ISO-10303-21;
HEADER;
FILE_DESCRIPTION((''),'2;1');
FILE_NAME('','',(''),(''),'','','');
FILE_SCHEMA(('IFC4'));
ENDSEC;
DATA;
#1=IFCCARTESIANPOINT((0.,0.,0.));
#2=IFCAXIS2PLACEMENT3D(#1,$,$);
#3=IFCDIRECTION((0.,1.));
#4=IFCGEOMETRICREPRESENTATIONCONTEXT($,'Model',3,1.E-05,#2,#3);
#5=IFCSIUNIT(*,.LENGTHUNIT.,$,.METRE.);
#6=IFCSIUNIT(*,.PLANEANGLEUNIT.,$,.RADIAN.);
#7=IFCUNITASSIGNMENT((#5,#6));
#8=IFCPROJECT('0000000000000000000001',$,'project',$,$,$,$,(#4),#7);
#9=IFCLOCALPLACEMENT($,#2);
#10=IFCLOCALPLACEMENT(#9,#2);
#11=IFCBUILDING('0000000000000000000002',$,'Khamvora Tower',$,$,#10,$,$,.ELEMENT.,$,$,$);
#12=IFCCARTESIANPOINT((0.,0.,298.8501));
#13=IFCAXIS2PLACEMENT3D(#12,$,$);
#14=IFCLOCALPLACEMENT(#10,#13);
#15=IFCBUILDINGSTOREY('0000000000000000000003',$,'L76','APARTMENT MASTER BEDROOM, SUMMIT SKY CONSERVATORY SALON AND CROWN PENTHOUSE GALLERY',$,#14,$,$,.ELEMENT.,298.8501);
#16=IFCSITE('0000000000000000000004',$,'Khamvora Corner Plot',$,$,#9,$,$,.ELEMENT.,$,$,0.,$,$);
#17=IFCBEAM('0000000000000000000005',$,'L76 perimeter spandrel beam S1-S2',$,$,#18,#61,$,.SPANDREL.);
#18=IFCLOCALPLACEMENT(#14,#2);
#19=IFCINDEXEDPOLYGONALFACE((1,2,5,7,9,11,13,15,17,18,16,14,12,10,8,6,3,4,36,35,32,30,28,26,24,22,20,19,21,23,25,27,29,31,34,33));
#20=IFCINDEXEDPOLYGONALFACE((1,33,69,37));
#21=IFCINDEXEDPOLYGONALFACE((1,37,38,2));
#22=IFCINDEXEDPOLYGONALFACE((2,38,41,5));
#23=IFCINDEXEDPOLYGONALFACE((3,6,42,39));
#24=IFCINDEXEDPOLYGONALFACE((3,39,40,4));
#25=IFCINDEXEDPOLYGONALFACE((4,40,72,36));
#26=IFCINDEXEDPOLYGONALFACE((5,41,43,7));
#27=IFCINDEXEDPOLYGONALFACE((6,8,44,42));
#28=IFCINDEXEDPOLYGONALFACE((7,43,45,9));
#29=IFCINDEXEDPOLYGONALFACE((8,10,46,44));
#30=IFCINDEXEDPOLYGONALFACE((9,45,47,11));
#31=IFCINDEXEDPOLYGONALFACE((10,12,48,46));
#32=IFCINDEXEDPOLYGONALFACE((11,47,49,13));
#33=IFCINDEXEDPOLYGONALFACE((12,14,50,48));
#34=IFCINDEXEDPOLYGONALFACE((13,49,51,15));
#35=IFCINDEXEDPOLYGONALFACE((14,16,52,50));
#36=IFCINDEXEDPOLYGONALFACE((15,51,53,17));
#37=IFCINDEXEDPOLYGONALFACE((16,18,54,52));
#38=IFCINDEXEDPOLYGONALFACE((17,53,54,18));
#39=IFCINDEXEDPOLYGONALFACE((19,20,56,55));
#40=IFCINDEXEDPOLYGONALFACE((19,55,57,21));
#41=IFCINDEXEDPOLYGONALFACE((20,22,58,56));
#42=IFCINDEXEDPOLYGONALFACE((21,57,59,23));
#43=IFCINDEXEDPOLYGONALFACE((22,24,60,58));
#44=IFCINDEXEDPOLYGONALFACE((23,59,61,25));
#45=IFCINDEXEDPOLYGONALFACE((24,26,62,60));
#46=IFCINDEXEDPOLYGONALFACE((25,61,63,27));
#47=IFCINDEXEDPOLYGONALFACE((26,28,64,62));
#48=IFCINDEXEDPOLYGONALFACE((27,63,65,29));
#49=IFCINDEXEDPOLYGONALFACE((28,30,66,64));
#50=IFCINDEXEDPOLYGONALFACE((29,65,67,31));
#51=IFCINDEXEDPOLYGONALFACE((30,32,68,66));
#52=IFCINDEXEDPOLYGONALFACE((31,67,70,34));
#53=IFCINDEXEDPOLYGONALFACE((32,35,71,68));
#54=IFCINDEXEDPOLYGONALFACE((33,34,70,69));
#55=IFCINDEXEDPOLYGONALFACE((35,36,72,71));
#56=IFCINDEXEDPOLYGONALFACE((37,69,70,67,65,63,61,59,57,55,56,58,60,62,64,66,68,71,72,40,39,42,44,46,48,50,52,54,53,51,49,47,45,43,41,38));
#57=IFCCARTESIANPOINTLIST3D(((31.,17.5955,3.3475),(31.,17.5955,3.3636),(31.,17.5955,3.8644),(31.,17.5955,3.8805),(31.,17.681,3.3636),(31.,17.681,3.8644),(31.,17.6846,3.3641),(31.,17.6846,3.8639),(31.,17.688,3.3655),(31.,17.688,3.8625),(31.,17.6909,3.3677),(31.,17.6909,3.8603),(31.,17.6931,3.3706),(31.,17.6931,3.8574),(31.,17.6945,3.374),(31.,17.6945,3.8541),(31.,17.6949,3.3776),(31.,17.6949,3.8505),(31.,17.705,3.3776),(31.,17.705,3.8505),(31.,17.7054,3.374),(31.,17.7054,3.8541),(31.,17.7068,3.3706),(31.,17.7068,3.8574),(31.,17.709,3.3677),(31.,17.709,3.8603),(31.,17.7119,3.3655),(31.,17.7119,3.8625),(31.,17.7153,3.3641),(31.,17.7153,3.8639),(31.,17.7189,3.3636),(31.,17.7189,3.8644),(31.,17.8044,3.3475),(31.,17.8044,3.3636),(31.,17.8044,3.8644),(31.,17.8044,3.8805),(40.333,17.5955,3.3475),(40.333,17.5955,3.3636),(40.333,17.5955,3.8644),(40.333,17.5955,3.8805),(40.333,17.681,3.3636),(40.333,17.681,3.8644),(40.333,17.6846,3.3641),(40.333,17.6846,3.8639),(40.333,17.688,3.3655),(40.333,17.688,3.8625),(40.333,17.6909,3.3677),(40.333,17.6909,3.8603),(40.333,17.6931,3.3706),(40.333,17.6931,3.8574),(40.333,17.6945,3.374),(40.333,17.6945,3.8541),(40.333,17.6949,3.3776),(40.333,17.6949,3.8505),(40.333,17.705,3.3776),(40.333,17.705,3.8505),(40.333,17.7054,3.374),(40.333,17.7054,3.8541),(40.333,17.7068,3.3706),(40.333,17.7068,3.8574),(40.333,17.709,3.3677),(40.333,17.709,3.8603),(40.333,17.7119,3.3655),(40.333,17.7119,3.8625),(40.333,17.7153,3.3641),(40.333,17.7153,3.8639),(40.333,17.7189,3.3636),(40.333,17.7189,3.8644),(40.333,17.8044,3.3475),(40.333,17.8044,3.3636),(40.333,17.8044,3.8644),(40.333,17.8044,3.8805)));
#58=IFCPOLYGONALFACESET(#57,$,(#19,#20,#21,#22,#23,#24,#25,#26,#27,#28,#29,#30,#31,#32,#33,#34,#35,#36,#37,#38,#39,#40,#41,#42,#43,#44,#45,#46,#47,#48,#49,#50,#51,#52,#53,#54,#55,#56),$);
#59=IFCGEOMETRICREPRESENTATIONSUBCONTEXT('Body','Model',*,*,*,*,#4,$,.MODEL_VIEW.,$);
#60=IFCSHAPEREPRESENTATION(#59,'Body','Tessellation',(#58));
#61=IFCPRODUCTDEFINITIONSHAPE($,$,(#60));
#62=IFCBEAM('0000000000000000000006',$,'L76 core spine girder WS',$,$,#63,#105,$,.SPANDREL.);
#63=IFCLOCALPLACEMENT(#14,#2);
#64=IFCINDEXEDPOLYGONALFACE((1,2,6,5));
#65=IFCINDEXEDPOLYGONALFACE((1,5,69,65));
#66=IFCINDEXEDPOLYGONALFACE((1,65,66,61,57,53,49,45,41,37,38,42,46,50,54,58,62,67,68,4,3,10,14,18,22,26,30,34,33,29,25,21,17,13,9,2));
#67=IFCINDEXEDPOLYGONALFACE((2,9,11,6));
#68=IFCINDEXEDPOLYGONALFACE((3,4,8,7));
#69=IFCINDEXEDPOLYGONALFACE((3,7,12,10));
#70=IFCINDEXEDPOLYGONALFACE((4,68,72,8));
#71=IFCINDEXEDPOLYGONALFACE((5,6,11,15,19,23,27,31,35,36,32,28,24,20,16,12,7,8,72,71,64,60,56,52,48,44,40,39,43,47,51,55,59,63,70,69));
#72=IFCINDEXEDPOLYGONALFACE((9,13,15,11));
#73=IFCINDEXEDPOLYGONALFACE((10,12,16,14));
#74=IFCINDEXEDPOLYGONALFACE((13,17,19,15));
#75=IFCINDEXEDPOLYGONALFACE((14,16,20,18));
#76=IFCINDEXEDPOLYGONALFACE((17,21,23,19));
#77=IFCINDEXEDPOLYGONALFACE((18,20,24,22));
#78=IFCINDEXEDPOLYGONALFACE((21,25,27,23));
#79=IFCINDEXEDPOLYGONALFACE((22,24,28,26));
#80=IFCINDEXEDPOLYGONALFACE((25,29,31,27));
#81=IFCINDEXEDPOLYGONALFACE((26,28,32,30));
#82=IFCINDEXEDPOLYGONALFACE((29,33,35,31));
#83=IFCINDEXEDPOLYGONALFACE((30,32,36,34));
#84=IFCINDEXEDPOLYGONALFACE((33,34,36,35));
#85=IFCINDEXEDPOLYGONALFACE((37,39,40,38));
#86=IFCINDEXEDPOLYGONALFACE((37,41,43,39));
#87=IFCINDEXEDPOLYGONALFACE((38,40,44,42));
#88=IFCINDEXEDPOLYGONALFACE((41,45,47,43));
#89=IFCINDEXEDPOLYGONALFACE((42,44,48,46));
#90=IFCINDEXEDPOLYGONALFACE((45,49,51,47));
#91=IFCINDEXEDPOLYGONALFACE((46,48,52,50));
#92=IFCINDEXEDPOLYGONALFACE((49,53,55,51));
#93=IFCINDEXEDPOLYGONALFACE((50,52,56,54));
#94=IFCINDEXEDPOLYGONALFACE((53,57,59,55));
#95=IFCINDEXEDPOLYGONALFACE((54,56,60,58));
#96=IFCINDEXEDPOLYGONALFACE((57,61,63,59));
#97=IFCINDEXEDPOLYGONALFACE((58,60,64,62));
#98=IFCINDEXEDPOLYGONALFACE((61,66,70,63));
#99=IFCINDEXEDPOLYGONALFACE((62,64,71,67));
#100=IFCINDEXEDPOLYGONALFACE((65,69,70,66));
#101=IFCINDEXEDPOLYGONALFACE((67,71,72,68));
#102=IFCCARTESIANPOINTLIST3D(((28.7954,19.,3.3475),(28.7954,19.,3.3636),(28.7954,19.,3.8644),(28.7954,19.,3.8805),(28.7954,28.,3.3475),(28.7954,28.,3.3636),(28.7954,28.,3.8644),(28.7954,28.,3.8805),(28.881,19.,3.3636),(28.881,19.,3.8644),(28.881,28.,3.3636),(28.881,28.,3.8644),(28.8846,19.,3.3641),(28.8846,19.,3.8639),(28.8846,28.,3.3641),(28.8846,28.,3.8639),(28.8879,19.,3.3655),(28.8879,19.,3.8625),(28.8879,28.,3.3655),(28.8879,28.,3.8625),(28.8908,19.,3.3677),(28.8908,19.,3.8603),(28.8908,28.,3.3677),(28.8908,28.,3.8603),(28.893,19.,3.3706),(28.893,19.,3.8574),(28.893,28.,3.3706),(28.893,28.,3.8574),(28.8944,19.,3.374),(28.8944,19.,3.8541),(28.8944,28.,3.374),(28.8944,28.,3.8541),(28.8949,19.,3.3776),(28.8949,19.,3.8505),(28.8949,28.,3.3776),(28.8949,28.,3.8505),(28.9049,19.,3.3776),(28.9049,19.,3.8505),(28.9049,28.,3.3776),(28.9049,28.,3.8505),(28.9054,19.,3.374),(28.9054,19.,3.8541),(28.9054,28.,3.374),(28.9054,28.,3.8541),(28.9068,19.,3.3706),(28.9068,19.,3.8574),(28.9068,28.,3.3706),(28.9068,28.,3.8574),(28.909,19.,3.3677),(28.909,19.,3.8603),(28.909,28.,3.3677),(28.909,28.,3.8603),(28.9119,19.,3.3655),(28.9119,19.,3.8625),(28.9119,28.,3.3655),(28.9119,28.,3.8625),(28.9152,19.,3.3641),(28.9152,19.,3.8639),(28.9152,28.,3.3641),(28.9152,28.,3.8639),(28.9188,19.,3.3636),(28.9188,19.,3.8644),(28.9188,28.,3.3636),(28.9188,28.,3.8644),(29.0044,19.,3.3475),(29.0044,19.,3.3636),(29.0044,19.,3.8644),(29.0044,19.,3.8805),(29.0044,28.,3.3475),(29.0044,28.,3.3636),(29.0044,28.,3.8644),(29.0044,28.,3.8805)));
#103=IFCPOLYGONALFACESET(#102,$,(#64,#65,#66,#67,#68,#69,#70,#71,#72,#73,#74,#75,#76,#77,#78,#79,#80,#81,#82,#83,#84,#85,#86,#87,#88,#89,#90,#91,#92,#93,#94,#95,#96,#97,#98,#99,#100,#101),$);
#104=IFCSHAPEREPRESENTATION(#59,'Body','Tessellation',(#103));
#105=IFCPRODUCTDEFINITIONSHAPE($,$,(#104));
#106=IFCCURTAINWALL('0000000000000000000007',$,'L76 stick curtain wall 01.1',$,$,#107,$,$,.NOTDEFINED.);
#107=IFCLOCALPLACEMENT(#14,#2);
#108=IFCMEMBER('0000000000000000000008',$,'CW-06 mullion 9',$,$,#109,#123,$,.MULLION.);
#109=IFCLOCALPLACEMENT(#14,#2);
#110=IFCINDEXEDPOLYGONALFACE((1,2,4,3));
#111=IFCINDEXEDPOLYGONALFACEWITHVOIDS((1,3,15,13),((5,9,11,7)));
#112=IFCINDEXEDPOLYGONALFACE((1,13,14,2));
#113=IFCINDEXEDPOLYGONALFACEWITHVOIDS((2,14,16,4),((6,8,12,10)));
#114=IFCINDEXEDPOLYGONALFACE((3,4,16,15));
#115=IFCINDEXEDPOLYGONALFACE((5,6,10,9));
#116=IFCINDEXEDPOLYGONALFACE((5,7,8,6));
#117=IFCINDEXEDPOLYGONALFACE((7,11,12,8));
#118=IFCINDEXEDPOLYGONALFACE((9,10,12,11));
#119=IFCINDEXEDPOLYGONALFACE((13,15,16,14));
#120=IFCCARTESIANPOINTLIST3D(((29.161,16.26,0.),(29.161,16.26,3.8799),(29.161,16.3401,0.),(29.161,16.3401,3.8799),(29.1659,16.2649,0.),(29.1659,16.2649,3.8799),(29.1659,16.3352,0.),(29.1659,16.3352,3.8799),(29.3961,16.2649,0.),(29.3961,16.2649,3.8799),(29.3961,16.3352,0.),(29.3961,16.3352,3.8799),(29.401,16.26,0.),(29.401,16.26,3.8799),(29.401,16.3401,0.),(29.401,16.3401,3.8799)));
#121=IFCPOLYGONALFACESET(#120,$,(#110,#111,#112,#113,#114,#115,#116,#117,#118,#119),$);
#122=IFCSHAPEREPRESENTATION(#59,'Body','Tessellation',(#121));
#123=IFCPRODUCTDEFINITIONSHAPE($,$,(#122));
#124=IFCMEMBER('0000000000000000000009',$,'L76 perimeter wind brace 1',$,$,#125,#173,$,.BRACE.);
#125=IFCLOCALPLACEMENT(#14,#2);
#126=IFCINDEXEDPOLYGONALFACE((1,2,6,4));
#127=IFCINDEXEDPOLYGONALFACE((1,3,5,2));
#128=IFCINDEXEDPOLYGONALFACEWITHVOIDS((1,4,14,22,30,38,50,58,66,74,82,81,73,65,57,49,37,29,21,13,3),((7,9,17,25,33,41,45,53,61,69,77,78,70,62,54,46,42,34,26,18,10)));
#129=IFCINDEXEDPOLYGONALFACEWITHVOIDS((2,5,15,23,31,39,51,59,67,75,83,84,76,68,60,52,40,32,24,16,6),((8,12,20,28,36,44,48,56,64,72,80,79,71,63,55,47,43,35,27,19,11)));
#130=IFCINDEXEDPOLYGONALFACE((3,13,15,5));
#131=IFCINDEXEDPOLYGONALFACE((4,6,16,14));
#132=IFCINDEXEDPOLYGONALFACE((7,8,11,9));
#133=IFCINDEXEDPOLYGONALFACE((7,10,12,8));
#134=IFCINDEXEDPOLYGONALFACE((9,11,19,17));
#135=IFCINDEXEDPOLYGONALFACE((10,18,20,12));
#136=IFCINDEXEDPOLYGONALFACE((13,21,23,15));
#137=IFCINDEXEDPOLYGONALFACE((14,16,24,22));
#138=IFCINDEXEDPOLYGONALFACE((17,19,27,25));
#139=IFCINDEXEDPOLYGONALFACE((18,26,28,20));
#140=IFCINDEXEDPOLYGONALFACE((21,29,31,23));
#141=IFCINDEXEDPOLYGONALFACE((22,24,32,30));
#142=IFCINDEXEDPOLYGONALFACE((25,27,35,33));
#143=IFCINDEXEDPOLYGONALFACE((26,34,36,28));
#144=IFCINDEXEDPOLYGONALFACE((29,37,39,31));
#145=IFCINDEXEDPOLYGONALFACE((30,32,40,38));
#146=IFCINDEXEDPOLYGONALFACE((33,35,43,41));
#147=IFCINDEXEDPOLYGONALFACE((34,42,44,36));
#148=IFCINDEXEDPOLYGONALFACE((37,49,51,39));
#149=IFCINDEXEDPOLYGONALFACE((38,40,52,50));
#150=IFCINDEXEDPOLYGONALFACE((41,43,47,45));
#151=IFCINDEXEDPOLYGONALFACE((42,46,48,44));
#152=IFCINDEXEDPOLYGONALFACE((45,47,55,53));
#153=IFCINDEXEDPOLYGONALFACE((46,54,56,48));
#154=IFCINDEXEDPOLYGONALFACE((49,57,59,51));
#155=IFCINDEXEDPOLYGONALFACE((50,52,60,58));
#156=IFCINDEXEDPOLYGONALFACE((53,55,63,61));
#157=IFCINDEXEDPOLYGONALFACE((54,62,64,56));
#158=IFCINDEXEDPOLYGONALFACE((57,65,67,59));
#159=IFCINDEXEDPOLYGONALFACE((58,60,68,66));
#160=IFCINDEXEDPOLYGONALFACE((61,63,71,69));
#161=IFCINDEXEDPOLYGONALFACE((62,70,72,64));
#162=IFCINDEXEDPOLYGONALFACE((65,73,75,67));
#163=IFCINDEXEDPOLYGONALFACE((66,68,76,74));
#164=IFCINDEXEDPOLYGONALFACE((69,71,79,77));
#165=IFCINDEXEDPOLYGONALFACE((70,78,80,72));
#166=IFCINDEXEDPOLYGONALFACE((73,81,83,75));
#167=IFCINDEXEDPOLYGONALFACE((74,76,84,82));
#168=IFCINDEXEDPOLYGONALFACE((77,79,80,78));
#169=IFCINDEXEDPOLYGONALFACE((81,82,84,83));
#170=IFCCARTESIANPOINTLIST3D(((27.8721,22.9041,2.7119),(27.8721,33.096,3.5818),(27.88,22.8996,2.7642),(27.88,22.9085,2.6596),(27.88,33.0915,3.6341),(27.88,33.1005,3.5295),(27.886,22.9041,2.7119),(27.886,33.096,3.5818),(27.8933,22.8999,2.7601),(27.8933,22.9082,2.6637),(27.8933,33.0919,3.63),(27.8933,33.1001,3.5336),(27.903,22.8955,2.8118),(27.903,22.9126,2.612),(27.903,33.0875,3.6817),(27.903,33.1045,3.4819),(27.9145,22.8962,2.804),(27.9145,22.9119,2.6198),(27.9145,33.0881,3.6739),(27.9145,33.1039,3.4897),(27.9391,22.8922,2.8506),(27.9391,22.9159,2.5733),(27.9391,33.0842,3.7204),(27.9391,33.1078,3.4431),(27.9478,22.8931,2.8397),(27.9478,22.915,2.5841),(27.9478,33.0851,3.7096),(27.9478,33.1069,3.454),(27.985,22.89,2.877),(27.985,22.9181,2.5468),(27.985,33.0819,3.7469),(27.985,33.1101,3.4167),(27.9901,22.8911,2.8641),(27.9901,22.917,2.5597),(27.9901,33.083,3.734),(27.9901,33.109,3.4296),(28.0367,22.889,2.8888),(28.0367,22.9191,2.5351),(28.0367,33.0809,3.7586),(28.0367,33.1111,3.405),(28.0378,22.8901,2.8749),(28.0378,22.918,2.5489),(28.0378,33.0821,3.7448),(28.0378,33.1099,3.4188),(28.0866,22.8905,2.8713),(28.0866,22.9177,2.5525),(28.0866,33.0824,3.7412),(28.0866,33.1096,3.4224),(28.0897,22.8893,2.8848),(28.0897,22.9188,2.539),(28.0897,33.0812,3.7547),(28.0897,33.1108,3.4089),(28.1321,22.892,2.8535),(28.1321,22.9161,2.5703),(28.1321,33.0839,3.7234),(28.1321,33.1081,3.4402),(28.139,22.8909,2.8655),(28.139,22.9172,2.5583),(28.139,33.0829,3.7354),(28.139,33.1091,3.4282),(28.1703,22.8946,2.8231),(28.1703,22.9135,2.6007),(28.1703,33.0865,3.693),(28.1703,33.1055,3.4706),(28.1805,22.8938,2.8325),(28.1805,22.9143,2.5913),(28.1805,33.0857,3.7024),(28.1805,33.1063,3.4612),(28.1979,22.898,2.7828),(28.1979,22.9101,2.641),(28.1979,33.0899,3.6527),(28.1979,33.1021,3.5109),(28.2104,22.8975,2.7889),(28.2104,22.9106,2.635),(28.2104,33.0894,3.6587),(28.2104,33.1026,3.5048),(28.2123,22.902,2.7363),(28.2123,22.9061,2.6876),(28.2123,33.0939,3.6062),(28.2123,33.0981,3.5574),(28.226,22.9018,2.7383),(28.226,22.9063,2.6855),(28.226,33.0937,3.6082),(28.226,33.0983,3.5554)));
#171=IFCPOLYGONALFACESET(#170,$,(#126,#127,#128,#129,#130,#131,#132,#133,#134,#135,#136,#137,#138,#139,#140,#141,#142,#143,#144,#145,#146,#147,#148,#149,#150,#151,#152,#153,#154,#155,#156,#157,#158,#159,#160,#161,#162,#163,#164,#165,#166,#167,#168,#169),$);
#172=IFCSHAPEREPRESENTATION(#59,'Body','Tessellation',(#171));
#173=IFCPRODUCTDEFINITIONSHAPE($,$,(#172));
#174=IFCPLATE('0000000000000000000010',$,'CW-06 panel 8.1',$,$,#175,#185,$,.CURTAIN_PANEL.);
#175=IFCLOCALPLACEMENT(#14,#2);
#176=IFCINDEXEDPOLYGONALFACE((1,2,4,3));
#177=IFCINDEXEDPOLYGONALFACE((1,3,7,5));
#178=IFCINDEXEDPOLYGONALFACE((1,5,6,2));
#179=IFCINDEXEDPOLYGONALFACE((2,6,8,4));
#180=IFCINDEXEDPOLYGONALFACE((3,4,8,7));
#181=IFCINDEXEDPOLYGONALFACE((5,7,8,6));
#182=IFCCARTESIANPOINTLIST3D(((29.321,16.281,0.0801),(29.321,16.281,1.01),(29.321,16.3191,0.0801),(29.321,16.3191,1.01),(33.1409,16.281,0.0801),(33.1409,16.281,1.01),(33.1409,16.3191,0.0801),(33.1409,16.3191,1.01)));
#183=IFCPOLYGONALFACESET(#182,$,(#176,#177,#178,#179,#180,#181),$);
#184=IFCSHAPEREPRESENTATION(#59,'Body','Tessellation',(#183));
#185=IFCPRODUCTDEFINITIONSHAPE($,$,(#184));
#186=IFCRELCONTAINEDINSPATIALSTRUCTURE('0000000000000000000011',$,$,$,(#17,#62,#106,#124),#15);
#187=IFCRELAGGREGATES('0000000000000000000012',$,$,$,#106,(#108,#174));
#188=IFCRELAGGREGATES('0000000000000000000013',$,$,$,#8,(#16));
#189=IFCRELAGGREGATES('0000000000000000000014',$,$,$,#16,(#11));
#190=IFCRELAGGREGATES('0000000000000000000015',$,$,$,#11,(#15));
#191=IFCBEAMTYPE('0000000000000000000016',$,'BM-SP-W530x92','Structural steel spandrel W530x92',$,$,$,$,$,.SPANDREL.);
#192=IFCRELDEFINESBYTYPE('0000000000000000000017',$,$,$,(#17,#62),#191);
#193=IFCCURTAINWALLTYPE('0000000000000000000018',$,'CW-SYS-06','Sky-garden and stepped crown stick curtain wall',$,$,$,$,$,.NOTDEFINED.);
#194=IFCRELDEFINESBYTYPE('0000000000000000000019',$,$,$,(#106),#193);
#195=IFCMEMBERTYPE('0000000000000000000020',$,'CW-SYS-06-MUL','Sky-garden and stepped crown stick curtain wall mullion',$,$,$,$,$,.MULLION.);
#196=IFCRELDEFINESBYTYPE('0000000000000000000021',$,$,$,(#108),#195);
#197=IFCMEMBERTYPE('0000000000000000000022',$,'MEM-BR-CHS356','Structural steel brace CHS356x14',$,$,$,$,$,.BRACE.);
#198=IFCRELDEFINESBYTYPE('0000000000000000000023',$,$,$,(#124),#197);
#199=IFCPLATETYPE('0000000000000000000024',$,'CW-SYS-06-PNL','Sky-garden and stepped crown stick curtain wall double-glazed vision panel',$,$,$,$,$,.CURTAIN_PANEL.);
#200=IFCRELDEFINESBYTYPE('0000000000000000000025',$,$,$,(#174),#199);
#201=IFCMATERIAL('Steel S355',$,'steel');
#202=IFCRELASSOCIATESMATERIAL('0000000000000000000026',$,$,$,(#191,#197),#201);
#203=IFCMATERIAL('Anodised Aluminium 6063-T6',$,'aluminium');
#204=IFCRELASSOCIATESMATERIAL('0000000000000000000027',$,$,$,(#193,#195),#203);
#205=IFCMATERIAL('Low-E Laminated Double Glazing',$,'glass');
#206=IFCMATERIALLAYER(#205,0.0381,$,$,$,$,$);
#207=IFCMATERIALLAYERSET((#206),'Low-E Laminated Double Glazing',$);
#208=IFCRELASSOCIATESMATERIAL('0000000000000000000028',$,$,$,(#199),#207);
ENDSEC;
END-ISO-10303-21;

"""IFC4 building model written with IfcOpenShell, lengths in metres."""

from ifc_helpers import new_model, si_unit, direction, frame, origin, origin_2d, place, context, subcontext, project, spatial, rectangle, hollow_rectangle, hollow_circle, i_section, extrude, material, layer, layer_set, material_profile, profile_set, type_object, element, aggregate, save


model = new_model("IFC4")

# Units and contexts
model_context = context("Model", 3, precision=1e-05, world=origin(), true_north=direction((0.0, 1.0)))
body_context = subcontext(model_context, "Body", "Model", "MODEL_VIEW")
ifc_project = project(units=[si_unit("LENGTHUNIT", "METRE"), si_unit("PLANEANGLEUNIT", "RADIAN")], contexts=[model_context])

# Site, building, storey
site_placement = place(None, origin())
site = spatial("IfcSite", under=ifc_project, at=site_placement, Name="Khamvora Corner Plot", CompositionType="ELEMENT", RefElevation=0.0)
building_placement = place(site_placement, origin())
building = spatial("IfcBuilding", under=site, at=building_placement, Name="Khamvora Tower", CompositionType="ELEMENT")
storey_placement = place(building_placement, frame((0.0, 0.0, 298.8501)))
storey = spatial("IfcBuildingStorey", under=building, at=storey_placement, Name="L76", Description="APARTMENT MASTER BEDROOM, SUMMIT SKY CONSERVATORY SALON AND CROWN PENTHOUSE GALLERY", CompositionType="ELEMENT", Elevation=298.8501)

# Shared definitions
ifc_material_1 = material(Name="Steel S355", Category="steel")

# Beams
ifc_material_profile_1 = material_profile(ifc_material_1, i_section(OverallWidth=0.209, OverallDepth=0.533, WebThickness=0.01, FlangeThickness=0.0161, FilletRadius=0.0139, at=origin_2d()), Name="W530x92")
ifc_profile_set_1 = profile_set([ifc_material_profile_1], Name="Steel S355")
beam_type_1 = type_object("IfcBeamType", Name="BM-SP-W530x92", Description="Structural steel spandrel W530x92", PredefinedType="SPANDREL", material=ifc_profile_set_1)
beam_1_placement = place(storey_placement, frame((31.0, 17.7, 3.614), z_axis=(1.0, 0.0, 0.0), x_axis=(0.0, 1.0, 0.0)))
element("IfcBeam", 1, at=beam_1_placement, inside=storey, type_object=beam_type_1, Name="L76 perimeter spandrel beam S1-S2", PredefinedType="SPANDREL", context=body_context, shape_type="SweptSolid", body=[
    extrude(i_section(OverallWidth=0.209, OverallDepth=0.533, WebThickness=0.01, FlangeThickness=0.0161, FilletRadius=0.0139, at=origin_2d()), origin(), (0.0, 0.0, 1.0), 9.333),
])
beam_2_placement = place(storey_placement, frame((28.8999, 19.0, 3.614), z_axis=(0.0, 1.0, 0.0), x_axis=(-1.0, 0.0, 0.0)))
element("IfcBeam", 2, at=beam_2_placement, inside=storey, type_object=beam_type_1, Name="L76 core spine girder WS", PredefinedType="SPANDREL", context=body_context, shape_type="SweptSolid", body=[
    extrude(i_section(OverallWidth=0.209, OverallDepth=0.533, WebThickness=0.01, FlangeThickness=0.0161, FilletRadius=0.0139, at=origin_2d()), origin(), (0.0, 0.0, 1.0), 9.0),
])

# Curtain wall, member
ifc_material_2 = material(Name="Anodised Aluminium 6063-T6", Category="aluminium")
curtain_wall_type = type_object("IfcCurtainWallType", Name="CW-SYS-06", Description="Sky-garden and stepped crown stick curtain wall", PredefinedType="NOTDEFINED", material=ifc_material_2)
curtain_wall_placement = place(storey_placement, origin())
curtain_wall = element("IfcCurtainWall", 3, at=curtain_wall_placement, inside=storey, type_object=curtain_wall_type, Name="L76 stick curtain wall 01.1", PredefinedType="NOTDEFINED")
ifc_material_profile_2 = material_profile(ifc_material_2, hollow_rectangle(XDim=0.0801, YDim=0.24, WallThickness=0.0049, at=origin_2d()), Name="MUL80x240x5")
ifc_profile_set_2 = profile_set([ifc_material_profile_2], Name="Anodised Aluminium 6063-T6")
member_type_1 = type_object("IfcMemberType", Name="CW-SYS-06-MUL", Description="Sky-garden and stepped crown stick curtain wall mullion", PredefinedType="MULLION", material=ifc_profile_set_2)
member_1_placement = place(storey_placement, frame((29.281, 16.3, 0.0), z_axis=(0.0, 0.0, 1.0), x_axis=(0.0, -1.0, 0.0)))
member_1 = element("IfcMember", 4, at=member_1_placement, type_object=member_type_1, Name="CW-06 mullion 9", PredefinedType="MULLION", context=body_context, shape_type="SweptSolid", body=[
    extrude(hollow_rectangle(XDim=0.0801, YDim=0.24, WallThickness=0.0049, at=origin_2d()), origin(), (0.0, 0.0, 1.0), 3.8799),
])

# Member
ifc_material_profile_3 = material_profile(ifc_material_1, hollow_circle(Radius=0.178, WallThickness=0.0139, at=origin_2d()), Name="CHS356x14")
ifc_profile_set_3 = profile_set([ifc_material_profile_3], Name="Steel S355")
member_type_2 = type_object("IfcMemberType", Name="MEM-BR-CHS356", Description="Structural steel brace CHS356x14", PredefinedType="BRACE", material=ifc_profile_set_3)
member_2_placement = place(storey_placement, frame((28.05, 22.9041, 2.7119), z_axis=(0.0, 0.996378, 0.08504), x_axis=(-1.0, 0.0, 0.0)))
element("IfcMember", 5, at=member_2_placement, inside=storey, type_object=member_type_2, Name="L76 perimeter wind brace 1", PredefinedType="BRACE", context=body_context, shape_type="SweptSolid", body=[
    extrude(hollow_circle(Radius=0.178, WallThickness=0.0139, at=origin_2d()), origin(), (0.0, 0.0, 1.0), 10.229),
])

# Plate
ifc_material_3 = material(Name="Low-E Laminated Double Glazing", Category="glass")
ifc_layer_1 = layer(ifc_material_3, 0.0381)
ifc_layer_set_1 = layer_set([ifc_layer_1], Name="Low-E Laminated Double Glazing")
plate_type_1 = type_object("IfcPlateType", Name="CW-SYS-06-PNL", Description="Sky-garden and stepped crown stick curtain wall double-glazed vision panel", PredefinedType="CURTAIN_PANEL", material=ifc_layer_set_1)
plate_1_placement = place(storey_placement, frame((31.231, 16.3, 0.0801), z_axis=(0.0, 0.0, 1.0), x_axis=(-1.0, 0.0, 0.0)))
plate_1 = element("IfcPlate", 6, at=plate_1_placement, type_object=plate_type_1, Name="CW-06 panel 8.1", PredefinedType="CURTAIN_PANEL", context=body_context, shape_type="SweptSolid", body=[
    extrude(rectangle(XDim=3.8198, YDim=0.0381, at=origin_2d()), origin(), (0.0, 0.0, 1.0), 0.9299),
])
aggregate(curtain_wall, [member_1, plate_1])

save(model, "model.ifc")
